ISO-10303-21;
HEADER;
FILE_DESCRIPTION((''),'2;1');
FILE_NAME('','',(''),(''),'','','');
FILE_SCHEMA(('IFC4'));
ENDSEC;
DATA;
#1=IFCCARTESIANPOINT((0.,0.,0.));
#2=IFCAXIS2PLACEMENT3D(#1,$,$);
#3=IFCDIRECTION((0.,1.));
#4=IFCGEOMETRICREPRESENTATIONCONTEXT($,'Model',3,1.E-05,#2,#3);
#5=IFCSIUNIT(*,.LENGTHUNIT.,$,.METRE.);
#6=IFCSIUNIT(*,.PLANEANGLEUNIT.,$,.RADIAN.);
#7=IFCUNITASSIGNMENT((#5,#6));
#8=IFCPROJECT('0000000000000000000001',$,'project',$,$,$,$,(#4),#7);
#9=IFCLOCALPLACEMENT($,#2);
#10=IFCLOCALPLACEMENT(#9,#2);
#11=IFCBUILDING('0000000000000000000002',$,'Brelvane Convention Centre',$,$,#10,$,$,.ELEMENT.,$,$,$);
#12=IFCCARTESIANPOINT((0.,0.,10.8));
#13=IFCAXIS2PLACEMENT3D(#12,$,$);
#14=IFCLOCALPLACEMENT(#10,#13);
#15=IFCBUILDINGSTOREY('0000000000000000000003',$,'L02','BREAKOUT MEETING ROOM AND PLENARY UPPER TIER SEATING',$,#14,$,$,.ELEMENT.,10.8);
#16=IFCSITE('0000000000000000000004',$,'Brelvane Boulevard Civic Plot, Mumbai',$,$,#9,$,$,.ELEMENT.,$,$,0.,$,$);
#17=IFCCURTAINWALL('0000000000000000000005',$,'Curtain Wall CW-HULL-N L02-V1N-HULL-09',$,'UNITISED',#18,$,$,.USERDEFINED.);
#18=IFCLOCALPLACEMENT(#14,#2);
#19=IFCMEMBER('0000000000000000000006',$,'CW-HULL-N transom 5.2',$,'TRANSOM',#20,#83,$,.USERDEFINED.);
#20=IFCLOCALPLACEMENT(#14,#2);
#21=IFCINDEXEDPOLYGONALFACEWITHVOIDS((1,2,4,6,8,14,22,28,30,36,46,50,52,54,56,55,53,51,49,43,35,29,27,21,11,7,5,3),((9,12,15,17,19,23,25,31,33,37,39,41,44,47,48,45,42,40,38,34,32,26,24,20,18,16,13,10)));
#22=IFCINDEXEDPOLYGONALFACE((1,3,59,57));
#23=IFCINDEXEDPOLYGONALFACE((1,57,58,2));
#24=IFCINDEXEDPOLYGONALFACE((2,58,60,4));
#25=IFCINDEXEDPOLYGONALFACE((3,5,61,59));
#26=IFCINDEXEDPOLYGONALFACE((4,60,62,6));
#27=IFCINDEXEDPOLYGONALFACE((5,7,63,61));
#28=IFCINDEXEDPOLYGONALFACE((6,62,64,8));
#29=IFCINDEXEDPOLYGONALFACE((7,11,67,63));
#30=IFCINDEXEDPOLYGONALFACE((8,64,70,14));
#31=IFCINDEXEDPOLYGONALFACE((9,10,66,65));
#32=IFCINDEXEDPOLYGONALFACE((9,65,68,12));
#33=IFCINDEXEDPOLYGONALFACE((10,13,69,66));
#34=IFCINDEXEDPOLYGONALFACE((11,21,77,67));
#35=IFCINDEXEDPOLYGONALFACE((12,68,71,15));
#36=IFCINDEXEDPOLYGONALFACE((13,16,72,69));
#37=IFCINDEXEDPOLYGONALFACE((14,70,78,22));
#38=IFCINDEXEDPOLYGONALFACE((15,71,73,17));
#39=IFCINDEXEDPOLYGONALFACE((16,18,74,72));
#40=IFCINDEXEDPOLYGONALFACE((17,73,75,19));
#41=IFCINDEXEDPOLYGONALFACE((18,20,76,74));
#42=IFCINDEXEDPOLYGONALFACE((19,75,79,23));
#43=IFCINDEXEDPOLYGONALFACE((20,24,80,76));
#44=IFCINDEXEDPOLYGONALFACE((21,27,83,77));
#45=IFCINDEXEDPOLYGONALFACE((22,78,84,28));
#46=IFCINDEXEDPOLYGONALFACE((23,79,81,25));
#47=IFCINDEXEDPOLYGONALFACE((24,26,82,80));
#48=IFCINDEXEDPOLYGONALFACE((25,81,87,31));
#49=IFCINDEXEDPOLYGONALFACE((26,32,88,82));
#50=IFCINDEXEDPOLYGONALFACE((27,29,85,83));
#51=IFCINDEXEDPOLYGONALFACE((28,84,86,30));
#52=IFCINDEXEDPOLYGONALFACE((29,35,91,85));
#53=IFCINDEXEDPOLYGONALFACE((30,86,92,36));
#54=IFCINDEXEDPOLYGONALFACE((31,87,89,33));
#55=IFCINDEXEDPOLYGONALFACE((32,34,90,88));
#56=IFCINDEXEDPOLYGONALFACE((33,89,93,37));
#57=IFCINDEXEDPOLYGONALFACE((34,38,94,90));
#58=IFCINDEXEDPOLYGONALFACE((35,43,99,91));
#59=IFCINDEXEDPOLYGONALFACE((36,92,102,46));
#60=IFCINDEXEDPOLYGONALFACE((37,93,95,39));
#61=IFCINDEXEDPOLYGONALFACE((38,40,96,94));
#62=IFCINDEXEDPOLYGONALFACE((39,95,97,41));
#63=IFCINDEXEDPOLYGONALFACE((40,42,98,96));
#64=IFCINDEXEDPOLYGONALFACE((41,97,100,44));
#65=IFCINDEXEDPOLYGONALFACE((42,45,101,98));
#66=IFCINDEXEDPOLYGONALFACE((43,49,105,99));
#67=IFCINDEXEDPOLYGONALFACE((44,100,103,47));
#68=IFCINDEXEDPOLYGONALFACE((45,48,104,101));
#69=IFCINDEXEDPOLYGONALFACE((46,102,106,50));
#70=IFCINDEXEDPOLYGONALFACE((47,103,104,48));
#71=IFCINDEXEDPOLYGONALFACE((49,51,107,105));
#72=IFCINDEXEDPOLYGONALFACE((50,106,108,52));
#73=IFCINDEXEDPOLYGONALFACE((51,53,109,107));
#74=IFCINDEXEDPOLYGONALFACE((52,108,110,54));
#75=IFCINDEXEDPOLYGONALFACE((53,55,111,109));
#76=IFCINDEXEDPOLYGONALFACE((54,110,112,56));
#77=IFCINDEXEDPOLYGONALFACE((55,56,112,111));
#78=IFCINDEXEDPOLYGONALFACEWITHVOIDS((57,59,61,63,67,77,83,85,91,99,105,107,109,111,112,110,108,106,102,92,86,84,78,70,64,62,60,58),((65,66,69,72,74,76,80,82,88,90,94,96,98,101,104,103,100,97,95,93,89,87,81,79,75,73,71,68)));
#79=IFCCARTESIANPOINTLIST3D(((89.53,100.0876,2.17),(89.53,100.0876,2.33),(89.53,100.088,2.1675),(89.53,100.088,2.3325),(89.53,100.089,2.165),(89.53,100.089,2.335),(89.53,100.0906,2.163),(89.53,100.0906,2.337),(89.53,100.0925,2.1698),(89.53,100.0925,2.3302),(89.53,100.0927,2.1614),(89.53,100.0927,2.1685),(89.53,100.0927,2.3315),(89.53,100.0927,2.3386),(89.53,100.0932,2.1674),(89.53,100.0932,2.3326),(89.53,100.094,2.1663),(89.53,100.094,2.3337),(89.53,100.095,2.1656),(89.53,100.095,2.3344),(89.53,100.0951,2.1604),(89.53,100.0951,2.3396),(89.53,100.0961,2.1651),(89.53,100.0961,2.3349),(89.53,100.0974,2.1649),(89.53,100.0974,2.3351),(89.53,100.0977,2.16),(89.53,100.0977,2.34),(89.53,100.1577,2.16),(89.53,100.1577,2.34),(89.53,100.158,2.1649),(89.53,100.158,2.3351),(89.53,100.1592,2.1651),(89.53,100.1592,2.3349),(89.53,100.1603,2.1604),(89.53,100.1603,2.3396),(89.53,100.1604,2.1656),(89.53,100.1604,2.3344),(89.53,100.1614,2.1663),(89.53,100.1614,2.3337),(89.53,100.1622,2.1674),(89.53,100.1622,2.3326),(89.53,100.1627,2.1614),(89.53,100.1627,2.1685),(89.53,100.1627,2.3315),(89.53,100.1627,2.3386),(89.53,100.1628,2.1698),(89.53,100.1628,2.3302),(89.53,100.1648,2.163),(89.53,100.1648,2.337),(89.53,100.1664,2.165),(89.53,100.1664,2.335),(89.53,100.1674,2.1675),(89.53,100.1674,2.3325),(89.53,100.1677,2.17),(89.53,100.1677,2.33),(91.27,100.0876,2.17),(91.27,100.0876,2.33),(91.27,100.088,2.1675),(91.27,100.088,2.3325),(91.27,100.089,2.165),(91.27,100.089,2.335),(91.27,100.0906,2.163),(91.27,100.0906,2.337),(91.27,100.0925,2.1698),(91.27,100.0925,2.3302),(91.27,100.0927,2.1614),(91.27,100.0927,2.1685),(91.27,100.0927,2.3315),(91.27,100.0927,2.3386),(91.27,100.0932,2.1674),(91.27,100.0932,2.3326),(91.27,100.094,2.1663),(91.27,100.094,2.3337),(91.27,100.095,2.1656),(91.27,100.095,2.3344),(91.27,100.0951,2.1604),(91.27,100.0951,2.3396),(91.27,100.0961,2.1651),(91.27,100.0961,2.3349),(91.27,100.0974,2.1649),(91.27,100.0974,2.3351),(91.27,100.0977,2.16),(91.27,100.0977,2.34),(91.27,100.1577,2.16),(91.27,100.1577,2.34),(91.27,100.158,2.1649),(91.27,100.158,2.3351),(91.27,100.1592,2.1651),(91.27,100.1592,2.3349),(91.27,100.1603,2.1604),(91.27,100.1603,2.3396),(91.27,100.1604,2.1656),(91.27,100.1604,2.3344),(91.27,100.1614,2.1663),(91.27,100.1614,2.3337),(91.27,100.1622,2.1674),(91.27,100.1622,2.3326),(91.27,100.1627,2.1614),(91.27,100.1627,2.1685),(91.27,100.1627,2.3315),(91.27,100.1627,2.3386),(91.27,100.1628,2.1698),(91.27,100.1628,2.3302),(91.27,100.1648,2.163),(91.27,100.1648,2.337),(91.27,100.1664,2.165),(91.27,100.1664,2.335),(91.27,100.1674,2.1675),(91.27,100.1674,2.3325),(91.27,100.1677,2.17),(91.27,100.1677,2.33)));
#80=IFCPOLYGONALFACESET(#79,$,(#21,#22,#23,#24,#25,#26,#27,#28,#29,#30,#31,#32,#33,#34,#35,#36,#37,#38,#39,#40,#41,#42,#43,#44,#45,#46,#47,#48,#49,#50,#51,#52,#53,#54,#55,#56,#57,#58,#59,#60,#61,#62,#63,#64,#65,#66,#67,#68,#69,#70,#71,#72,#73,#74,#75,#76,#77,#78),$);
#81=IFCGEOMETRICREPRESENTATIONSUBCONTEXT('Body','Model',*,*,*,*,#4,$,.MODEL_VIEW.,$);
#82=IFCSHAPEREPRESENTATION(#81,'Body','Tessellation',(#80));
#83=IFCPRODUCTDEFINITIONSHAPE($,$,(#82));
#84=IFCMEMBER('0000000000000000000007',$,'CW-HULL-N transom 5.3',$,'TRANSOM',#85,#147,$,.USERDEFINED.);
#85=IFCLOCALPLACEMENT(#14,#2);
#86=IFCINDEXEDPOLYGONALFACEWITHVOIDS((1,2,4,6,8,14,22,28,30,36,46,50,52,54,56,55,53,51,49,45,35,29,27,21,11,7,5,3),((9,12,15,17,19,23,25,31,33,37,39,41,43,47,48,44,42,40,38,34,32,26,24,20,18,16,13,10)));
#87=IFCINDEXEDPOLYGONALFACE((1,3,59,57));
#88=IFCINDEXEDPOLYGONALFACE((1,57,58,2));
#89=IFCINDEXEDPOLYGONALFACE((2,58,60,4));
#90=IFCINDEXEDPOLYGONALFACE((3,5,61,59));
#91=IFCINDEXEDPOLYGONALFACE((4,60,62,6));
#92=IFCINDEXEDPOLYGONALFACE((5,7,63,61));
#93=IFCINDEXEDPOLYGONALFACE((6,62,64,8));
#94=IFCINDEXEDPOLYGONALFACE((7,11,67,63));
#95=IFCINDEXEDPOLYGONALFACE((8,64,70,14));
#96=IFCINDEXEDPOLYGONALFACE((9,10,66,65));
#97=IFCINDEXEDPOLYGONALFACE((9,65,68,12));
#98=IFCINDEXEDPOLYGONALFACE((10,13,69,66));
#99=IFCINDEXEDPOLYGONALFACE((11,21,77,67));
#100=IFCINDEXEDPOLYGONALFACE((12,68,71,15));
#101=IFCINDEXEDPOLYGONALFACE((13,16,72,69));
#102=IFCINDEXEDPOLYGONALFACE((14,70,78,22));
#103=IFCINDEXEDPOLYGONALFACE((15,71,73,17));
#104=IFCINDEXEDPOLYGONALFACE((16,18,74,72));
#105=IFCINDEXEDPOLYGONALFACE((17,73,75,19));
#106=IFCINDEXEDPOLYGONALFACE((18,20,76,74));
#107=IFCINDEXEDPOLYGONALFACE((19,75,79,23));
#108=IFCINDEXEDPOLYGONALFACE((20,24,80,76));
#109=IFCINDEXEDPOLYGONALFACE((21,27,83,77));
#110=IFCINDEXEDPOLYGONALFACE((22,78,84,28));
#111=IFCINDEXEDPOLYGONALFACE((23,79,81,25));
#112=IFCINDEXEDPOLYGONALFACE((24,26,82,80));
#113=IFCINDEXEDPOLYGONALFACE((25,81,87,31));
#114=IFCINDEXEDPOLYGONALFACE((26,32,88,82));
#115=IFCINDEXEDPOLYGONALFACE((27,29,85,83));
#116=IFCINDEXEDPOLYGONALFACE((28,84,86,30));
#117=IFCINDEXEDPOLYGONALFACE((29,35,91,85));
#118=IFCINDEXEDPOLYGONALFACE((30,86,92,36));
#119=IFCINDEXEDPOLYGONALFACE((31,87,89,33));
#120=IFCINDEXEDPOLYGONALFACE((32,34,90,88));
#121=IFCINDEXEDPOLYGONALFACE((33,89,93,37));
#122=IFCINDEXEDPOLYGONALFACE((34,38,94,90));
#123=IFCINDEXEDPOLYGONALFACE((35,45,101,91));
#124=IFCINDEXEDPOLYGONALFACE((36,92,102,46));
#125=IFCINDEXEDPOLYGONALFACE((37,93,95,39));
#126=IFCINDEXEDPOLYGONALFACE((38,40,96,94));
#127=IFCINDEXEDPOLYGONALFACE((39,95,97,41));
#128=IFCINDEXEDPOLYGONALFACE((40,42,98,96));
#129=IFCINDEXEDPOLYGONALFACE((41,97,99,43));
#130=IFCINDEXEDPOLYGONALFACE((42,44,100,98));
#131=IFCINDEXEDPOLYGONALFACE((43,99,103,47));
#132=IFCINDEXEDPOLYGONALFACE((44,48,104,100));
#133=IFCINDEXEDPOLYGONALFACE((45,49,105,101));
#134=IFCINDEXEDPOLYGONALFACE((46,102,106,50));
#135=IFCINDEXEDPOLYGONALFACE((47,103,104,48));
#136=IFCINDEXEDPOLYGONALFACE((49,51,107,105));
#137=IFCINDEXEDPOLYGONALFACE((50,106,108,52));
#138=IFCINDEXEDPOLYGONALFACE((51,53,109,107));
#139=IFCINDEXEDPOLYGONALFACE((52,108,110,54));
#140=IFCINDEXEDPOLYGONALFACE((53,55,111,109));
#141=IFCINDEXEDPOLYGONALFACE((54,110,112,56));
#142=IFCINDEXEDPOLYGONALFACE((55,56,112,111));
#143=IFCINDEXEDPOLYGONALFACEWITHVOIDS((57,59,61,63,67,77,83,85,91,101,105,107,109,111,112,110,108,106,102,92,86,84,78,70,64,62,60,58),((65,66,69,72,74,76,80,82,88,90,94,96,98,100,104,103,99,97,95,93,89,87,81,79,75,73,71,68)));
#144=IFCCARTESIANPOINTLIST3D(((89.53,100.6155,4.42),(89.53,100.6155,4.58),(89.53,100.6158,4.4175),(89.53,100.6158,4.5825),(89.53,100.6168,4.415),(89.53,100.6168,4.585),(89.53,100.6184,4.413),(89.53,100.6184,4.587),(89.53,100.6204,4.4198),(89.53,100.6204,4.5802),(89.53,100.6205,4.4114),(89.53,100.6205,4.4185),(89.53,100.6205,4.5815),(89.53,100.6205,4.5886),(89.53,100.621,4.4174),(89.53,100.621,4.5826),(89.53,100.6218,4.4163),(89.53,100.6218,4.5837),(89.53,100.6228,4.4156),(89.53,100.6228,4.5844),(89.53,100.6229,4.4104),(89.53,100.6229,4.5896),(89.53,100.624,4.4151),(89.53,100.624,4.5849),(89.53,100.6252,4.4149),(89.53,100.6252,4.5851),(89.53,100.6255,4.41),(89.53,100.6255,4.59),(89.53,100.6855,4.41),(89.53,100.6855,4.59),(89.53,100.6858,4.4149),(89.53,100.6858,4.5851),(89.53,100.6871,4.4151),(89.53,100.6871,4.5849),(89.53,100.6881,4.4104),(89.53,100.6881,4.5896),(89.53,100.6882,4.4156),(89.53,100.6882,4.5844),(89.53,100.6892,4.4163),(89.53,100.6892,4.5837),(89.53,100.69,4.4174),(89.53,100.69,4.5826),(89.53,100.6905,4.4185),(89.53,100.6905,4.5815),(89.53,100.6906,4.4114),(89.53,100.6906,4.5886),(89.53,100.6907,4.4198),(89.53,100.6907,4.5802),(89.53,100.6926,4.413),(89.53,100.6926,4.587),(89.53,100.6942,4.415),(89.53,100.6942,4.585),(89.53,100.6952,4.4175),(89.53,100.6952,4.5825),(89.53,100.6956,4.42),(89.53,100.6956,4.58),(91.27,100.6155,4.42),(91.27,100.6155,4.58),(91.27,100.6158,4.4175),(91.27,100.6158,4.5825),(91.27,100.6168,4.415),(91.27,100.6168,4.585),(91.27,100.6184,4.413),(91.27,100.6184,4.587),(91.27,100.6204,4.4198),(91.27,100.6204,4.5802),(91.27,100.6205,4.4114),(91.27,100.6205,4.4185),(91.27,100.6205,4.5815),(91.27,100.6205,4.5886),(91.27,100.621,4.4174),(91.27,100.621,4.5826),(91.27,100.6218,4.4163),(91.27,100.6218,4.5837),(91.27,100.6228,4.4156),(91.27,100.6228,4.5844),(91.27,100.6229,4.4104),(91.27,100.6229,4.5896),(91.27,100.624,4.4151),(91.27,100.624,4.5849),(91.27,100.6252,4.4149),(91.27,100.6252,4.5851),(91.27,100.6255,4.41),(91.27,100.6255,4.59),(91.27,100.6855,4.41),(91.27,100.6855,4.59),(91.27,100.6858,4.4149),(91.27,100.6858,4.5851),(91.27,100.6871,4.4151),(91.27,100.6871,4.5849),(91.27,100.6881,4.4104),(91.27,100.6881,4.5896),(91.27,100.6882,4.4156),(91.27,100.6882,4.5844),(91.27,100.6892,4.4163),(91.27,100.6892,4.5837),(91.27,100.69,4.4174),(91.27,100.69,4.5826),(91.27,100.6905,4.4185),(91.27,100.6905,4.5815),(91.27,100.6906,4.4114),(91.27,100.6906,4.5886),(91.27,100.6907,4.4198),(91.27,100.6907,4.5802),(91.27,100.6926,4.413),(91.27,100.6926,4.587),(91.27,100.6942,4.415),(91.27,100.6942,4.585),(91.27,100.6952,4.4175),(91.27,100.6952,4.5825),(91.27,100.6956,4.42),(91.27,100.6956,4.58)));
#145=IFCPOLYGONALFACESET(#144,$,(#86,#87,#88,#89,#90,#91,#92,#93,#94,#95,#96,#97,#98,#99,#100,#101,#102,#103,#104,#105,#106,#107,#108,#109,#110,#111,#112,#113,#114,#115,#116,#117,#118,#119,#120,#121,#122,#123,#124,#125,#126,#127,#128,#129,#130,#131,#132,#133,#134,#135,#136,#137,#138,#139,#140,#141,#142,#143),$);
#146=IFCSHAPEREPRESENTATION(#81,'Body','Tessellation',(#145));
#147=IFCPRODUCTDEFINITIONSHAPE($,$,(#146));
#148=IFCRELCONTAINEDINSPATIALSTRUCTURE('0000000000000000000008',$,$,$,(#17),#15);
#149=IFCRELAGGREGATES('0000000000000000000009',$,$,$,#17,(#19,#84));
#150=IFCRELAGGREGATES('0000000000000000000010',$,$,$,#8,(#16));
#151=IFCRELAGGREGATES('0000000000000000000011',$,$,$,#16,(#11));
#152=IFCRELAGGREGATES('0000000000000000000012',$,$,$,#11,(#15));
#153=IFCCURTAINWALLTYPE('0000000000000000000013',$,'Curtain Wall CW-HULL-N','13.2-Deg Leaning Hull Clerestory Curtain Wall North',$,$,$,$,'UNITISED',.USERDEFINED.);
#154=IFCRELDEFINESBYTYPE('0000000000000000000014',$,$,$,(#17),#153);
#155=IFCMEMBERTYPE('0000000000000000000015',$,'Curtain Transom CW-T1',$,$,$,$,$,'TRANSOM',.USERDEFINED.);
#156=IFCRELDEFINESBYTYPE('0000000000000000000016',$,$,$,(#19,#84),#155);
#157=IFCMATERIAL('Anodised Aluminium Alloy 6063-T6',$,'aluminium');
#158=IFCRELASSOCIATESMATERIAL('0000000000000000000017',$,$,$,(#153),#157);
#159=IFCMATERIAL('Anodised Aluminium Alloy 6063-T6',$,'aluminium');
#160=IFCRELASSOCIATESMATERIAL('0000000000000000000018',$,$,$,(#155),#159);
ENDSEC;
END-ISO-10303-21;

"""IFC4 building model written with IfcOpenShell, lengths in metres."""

from ifc_helpers import new_model, si_unit, direction, frame, origin, origin_2d, place, context, subcontext, project, spatial, hollow_rectangle, extrude, material, material_profile, profile_set, type_object, element, aggregate, save


model = new_model("IFC4")

# Units and contexts
model_context = context("Model", 3, precision=1e-05, world=origin(), true_north=direction((0.0, 1.0)))
body_context = subcontext(model_context, "Body", "Model", "MODEL_VIEW")
ifc_project = project(units=[si_unit("LENGTHUNIT", "METRE"), si_unit("PLANEANGLEUNIT", "RADIAN")], contexts=[model_context])

# Site, building, storey
site_placement = place(None, origin())
site = spatial("IfcSite", under=ifc_project, at=site_placement, Name="Brelvane Boulevard Civic Plot, Mumbai", CompositionType="ELEMENT", RefElevation=0.0)
building_placement = place(site_placement, origin())
building = spatial("IfcBuilding", under=site, at=building_placement, Name="Brelvane Convention Centre", CompositionType="ELEMENT")
storey_placement = place(building_placement, frame((0.0, 0.0, 10.8)))
storey = spatial("IfcBuildingStorey", under=building, at=storey_placement, Name="L02", Description="BREAKOUT MEETING ROOM AND PLENARY UPPER TIER SEATING", CompositionType="ELEMENT", Elevation=10.8)

# Curtain wall, members
ifc_material_1 = material(Name="Anodised Aluminium Alloy 6063-T6", Category="aluminium")
curtain_wall_type = type_object("IfcCurtainWallType", Name="Curtain Wall CW-HULL-N", Description="13.2-Deg Leaning Hull Clerestory Curtain Wall North", ElementType="UNITISED", PredefinedType="USERDEFINED", material=ifc_material_1)
curtain_wall_placement = place(storey_placement, origin())
curtain_wall = element("IfcCurtainWall", 1, at=curtain_wall_placement, inside=storey, type_object=curtain_wall_type, Name="Curtain Wall CW-HULL-N L02-V1N-HULL-09", ObjectType="UNITISED", PredefinedType="USERDEFINED")
ifc_material_2 = material(Name="Anodised Aluminium Alloy 6063-T6", Category="aluminium")
ifc_material_profile_1 = material_profile(ifc_material_2, hollow_rectangle(XDim=0.0801, YDim=0.1799, WallThickness=0.0049, InnerFilletRadius=0.0049, OuterFilletRadius=0.01, at=origin_2d()), Name="ALU-T 180x80x5.0")
ifc_profile_set_1 = profile_set([ifc_material_profile_1], Name="Anodised Aluminium Alloy 6063-T6")
member_type_1 = type_object("IfcMemberType", Name="Curtain Transom CW-T1", ElementType="TRANSOM", PredefinedType="USERDEFINED", material=ifc_profile_set_1)
member_1_placement = place(storey_placement, frame((89.53, 100.1277, 2.25), z_axis=(1.0, 0.0, 0.0), x_axis=(0.0, 1.0, 0.0)))
member_1 = element("IfcMember", 2, at=member_1_placement, type_object=member_type_1, Name="CW-HULL-N transom 5.2", ObjectType="TRANSOM", PredefinedType="USERDEFINED", context=body_context, shape_type="SweptSolid", body=[
    extrude(hollow_rectangle(XDim=0.0801, YDim=0.1799, WallThickness=0.0049, InnerFilletRadius=0.0049, OuterFilletRadius=0.01, at=origin_2d()), origin(), (0.0, 0.0, 1.0), 1.74),
])
member_2_placement = place(storey_placement, frame((89.53, 100.6555, 4.5), z_axis=(1.0, 0.0, 0.0), x_axis=(0.0, 1.0, 0.0)))
member_2 = element("IfcMember", 3, at=member_2_placement, type_object=member_type_1, Name="CW-HULL-N transom 5.3", ObjectType="TRANSOM", PredefinedType="USERDEFINED", context=body_context, shape_type="SweptSolid", body=[
    extrude(hollow_rectangle(XDim=0.0801, YDim=0.1799, WallThickness=0.0049, InnerFilletRadius=0.0049, OuterFilletRadius=0.01, at=origin_2d()), origin(), (0.0, 0.0, 1.0), 1.74),
])
aggregate(curtain_wall, [member_1, member_2])

save(model, "model.ifc")
